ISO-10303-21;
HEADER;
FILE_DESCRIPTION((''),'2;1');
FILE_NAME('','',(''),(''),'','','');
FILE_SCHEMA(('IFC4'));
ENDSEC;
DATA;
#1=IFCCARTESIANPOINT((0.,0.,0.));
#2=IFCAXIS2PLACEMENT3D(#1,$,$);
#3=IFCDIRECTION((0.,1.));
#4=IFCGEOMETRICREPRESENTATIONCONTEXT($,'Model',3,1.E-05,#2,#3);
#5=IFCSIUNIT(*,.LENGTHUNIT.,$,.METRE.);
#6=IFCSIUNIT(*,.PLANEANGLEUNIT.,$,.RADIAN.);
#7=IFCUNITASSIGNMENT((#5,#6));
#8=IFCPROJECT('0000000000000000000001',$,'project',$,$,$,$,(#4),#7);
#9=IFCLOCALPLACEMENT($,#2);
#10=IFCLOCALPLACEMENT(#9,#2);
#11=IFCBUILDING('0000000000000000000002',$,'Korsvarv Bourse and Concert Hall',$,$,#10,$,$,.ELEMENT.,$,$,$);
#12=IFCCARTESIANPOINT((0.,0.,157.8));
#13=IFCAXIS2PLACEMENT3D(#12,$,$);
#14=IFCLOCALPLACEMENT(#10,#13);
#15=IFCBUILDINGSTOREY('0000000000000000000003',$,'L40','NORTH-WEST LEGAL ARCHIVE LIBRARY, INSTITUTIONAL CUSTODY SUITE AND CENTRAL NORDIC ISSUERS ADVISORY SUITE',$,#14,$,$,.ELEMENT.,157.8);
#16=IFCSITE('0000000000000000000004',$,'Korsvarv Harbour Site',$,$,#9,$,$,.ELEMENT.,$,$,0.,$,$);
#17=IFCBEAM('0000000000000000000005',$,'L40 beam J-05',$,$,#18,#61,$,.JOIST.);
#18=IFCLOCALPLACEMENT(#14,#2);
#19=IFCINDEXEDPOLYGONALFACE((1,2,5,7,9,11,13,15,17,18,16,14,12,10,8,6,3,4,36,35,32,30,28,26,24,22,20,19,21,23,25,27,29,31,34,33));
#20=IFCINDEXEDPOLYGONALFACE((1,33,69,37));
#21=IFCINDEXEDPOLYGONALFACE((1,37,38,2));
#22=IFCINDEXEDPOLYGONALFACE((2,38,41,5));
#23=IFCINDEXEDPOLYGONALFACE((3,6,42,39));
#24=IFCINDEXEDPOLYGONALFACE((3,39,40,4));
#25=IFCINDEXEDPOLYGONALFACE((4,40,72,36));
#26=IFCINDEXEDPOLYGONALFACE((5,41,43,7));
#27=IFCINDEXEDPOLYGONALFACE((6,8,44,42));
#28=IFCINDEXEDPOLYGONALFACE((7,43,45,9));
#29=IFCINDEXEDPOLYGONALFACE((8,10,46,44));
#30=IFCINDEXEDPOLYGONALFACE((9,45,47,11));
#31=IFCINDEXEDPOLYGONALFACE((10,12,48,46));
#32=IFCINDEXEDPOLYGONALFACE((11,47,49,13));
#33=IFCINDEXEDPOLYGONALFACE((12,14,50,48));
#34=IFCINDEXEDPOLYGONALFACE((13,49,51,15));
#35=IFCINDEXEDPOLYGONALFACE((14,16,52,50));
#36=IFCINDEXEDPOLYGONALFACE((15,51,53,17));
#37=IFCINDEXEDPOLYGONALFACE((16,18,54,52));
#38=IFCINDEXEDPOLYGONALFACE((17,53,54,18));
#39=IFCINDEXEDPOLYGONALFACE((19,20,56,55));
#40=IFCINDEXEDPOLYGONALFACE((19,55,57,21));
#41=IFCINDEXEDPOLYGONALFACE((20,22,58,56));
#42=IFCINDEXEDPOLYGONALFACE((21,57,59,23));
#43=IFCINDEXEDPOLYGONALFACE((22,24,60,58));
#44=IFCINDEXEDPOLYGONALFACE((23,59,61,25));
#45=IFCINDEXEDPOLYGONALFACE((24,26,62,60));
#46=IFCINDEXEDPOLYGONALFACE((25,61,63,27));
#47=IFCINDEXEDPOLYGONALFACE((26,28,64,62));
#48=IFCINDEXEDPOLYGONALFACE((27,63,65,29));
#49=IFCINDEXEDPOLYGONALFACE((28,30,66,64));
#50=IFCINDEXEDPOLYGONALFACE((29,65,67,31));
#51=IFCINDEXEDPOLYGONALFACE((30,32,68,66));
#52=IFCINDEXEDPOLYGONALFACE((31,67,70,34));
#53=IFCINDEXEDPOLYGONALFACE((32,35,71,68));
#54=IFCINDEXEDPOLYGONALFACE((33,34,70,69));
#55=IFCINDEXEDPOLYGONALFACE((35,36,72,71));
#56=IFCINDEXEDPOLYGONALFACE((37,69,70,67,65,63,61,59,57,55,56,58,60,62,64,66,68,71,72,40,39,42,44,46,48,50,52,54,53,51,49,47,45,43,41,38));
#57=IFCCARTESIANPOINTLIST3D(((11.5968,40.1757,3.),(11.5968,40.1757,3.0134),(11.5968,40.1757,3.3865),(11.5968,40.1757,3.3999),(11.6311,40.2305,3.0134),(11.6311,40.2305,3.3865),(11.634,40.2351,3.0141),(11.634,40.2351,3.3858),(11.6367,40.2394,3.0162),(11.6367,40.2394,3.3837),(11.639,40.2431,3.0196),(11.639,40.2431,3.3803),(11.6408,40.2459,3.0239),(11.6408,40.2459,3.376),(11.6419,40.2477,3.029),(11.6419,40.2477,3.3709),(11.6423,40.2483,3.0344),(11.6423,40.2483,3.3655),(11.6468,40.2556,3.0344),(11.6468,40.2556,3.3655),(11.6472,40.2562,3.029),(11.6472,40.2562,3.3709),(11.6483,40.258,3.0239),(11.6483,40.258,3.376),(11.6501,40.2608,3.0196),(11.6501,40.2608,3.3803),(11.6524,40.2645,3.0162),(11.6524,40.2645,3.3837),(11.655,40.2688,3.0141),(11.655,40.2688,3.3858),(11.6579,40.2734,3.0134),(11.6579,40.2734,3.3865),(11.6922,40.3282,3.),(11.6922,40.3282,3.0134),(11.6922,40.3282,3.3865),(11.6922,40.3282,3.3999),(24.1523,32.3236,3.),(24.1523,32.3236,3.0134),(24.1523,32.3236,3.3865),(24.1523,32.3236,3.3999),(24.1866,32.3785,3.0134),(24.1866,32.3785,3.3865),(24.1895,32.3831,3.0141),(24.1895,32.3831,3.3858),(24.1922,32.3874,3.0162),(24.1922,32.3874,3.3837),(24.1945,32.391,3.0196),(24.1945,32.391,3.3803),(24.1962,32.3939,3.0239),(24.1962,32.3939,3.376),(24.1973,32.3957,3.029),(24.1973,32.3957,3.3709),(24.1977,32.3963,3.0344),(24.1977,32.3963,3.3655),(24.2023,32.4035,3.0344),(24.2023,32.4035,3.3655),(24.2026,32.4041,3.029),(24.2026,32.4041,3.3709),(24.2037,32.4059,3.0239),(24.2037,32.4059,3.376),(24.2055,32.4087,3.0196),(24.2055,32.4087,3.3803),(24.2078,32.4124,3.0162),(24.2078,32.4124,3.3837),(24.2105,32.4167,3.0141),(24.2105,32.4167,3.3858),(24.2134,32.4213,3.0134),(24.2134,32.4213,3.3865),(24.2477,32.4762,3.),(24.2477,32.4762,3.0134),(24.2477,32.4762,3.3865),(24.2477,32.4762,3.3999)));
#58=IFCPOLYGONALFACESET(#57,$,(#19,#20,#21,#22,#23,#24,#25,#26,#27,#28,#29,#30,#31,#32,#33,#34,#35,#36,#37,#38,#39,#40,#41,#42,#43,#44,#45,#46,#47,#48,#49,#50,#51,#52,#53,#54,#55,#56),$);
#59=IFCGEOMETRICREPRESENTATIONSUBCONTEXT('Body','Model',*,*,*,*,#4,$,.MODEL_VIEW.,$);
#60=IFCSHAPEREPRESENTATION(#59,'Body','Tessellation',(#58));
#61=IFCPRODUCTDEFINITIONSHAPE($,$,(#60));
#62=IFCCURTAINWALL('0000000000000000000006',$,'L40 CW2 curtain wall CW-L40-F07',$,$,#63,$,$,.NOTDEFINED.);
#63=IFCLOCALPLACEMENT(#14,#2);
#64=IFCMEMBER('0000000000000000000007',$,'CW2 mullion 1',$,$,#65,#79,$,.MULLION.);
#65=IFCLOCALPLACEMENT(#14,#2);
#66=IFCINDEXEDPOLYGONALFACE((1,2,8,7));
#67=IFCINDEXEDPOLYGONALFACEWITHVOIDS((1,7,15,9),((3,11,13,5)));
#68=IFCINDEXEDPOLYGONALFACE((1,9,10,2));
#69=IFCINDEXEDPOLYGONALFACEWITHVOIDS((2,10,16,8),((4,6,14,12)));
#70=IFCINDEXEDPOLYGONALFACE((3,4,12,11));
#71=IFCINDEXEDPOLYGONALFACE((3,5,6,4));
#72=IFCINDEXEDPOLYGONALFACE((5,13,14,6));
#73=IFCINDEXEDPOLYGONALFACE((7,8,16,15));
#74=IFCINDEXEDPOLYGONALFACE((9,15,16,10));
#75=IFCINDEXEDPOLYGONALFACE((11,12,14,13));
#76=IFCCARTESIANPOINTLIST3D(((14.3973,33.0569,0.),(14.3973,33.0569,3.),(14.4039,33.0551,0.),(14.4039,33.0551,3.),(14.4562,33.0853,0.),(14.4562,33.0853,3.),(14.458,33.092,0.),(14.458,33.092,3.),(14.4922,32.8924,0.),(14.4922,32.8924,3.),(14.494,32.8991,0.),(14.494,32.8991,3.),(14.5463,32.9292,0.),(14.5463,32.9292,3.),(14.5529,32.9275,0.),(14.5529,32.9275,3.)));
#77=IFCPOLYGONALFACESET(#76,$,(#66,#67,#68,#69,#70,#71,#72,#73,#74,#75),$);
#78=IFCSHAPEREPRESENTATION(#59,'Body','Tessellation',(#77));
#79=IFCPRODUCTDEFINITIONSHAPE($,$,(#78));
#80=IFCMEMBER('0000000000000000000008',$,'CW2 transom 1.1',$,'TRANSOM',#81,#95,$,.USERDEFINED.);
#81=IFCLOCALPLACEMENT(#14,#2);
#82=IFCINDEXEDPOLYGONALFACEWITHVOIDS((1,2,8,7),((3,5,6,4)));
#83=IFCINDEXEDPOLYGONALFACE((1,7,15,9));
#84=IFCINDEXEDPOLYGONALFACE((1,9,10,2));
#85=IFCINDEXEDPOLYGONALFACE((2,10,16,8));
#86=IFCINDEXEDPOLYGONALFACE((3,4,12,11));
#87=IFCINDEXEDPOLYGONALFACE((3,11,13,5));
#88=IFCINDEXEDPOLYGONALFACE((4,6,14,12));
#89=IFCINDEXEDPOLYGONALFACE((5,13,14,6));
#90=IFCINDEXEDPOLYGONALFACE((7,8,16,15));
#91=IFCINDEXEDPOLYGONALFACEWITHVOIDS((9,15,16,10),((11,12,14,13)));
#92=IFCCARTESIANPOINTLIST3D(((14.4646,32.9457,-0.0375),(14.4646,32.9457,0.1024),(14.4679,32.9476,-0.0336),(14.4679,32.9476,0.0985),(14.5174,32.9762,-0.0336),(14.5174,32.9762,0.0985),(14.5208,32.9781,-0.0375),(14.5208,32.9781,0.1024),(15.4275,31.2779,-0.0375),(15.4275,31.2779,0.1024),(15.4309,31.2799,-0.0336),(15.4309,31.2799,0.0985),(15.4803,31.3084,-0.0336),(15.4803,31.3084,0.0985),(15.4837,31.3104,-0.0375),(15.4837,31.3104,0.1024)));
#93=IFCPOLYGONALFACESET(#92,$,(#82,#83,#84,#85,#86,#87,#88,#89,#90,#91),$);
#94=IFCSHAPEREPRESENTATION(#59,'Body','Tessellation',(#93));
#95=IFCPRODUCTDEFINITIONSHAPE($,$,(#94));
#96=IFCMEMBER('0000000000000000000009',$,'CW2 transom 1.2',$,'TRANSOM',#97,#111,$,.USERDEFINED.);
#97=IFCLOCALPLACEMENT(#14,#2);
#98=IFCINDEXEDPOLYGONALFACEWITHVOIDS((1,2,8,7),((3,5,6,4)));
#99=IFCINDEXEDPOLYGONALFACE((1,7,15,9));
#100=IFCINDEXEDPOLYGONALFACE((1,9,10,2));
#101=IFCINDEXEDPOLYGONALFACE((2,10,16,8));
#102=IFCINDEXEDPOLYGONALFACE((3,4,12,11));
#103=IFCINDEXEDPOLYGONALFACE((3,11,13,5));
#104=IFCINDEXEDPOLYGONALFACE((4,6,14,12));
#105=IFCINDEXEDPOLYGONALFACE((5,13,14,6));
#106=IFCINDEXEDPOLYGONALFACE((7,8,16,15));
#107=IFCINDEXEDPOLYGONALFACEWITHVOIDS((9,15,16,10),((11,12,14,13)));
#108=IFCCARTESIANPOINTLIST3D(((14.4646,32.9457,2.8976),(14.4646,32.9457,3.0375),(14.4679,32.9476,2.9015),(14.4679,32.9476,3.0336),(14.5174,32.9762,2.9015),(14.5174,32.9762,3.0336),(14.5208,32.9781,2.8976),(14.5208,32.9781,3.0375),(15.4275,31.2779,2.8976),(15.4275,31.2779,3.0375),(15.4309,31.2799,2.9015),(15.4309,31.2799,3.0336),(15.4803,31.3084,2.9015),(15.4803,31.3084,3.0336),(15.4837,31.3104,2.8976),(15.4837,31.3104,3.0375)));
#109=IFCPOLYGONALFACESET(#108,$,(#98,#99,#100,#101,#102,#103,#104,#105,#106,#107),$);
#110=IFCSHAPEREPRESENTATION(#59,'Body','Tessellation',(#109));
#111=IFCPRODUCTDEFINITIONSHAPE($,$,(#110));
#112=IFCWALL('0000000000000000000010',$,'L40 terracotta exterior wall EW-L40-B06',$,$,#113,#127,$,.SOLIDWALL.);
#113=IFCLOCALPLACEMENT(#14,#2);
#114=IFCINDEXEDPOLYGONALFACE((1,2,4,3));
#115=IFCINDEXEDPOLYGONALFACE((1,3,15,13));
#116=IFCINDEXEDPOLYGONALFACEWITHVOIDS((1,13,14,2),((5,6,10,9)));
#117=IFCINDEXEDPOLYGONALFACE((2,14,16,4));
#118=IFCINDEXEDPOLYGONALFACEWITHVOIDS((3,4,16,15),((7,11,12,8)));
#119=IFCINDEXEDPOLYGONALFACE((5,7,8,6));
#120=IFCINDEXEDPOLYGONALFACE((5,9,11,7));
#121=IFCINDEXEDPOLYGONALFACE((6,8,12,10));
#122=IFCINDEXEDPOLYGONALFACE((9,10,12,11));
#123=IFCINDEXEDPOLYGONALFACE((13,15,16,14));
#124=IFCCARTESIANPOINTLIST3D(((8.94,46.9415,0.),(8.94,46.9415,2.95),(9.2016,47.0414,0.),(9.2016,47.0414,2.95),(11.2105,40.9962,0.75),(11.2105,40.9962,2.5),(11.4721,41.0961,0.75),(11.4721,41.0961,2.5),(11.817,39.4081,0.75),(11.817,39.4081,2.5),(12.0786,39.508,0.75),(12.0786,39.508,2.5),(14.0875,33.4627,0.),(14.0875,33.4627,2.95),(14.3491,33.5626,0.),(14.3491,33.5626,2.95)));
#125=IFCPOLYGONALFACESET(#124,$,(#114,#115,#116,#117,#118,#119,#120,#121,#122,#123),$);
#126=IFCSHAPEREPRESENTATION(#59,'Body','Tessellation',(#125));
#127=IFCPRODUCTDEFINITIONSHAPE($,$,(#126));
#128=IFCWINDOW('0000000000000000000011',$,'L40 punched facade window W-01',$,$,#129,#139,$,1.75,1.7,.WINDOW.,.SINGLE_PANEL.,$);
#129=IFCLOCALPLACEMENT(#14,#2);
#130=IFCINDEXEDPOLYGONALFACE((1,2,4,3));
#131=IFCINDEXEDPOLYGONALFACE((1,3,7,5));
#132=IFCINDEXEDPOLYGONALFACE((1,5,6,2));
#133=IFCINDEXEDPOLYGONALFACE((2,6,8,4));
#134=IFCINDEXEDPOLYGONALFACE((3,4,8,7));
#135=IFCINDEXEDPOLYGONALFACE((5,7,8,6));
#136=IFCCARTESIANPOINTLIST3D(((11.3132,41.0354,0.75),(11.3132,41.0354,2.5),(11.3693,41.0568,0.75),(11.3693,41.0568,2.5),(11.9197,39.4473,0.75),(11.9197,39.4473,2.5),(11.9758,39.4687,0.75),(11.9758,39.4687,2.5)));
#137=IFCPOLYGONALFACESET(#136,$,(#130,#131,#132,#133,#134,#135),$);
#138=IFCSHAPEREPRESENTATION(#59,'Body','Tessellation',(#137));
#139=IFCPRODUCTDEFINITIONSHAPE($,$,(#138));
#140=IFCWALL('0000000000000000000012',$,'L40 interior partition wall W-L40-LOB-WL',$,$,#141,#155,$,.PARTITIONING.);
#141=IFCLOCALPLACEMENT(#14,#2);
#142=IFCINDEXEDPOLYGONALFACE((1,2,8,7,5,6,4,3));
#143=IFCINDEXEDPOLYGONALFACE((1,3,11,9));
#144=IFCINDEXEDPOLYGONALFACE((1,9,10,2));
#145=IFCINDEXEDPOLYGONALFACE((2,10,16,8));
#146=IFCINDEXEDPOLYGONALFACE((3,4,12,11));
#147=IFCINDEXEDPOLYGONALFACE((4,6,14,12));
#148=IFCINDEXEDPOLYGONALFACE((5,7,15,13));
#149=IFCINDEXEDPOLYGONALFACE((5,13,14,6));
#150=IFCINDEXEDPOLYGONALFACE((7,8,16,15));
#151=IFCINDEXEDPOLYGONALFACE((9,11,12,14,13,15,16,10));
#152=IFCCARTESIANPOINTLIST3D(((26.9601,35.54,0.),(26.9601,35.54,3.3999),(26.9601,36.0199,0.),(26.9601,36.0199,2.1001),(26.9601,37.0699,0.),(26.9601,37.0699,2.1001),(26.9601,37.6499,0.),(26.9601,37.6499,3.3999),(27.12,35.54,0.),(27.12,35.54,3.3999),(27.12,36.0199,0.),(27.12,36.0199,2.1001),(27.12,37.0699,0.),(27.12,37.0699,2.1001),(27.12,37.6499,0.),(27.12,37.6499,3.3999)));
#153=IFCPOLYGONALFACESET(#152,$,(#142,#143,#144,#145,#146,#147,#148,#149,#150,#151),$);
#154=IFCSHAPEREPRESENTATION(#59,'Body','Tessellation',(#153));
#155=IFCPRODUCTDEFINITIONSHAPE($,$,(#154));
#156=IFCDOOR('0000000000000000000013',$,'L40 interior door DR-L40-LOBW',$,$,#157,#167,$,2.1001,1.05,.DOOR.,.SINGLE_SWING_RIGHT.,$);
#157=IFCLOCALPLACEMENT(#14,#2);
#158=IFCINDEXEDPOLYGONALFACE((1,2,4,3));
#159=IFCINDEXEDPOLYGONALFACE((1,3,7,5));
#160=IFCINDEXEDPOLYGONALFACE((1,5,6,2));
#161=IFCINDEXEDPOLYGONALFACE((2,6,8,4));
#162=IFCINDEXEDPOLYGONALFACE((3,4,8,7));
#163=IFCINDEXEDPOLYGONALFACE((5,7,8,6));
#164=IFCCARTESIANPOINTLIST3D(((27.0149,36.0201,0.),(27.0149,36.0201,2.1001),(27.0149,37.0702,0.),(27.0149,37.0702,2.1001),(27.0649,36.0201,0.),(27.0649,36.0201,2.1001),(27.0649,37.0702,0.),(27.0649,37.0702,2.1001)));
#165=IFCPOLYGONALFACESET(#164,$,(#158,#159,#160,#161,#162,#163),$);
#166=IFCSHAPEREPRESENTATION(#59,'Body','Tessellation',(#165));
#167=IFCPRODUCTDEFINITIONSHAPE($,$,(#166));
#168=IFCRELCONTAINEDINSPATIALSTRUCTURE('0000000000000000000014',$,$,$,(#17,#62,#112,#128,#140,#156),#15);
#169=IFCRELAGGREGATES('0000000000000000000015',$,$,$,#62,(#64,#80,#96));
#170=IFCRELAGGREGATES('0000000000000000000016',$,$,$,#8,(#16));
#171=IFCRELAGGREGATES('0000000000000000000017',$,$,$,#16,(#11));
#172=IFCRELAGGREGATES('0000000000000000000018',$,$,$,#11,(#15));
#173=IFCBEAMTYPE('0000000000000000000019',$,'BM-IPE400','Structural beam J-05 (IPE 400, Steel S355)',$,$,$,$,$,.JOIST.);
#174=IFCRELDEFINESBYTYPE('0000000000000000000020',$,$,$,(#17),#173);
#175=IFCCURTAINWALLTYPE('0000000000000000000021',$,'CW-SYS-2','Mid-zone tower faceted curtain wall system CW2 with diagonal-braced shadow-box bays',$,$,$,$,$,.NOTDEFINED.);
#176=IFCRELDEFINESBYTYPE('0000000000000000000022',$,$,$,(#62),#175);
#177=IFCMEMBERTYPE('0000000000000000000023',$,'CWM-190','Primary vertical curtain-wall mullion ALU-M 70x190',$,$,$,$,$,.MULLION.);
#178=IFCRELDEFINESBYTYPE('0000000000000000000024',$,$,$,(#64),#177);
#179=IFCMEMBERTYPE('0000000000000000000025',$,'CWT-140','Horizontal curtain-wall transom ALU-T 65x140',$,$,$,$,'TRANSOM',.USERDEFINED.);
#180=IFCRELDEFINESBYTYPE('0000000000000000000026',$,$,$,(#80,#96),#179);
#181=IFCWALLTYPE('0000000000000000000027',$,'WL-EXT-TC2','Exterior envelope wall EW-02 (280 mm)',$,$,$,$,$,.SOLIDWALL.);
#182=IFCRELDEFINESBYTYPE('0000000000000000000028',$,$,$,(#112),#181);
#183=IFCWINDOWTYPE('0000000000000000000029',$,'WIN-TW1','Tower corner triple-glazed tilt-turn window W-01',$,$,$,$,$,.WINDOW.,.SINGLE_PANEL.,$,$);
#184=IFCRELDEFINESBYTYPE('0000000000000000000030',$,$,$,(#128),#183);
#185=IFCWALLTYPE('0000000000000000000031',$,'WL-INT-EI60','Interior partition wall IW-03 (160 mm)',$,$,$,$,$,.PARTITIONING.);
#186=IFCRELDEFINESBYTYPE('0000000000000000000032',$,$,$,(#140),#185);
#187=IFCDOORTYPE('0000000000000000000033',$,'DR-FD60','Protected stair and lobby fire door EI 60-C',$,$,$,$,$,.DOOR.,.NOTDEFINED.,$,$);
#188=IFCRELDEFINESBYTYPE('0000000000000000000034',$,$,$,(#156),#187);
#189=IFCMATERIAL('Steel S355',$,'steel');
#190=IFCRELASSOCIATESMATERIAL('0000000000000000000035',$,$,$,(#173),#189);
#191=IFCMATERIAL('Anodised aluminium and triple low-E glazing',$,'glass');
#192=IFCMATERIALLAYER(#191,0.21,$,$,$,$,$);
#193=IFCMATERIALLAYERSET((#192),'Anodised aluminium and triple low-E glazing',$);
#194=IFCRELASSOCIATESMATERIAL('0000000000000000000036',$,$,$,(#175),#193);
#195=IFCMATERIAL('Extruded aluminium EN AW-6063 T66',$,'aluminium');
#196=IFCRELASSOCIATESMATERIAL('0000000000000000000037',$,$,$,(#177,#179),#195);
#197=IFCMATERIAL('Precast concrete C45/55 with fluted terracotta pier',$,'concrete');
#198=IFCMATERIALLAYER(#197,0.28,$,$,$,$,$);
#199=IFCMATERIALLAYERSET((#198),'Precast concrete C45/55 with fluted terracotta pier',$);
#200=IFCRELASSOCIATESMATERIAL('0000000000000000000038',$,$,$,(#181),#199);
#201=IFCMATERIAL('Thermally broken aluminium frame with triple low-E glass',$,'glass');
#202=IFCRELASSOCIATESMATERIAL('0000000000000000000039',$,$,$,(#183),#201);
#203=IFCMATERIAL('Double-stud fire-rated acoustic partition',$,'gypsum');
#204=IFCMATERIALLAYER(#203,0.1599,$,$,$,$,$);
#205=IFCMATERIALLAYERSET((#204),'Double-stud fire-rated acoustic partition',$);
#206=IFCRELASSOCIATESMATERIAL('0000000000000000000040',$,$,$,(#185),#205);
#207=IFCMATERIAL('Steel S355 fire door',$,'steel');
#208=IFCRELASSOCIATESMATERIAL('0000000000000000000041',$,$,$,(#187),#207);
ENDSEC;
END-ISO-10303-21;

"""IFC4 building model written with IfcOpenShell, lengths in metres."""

from ifc_helpers import new_model, si_unit, direction, frame, frame_2d, origin, origin_2d, place, context, subcontext, project, spatial, rectangle, hollow_rectangle, i_section, extrude, source, transform, mapped, material, layer, layer_set, material_profile, profile_set, type_object, element, fill, aggregate, save


model = new_model("IFC4")

# Units and contexts
model_context = context("Model", 3, precision=1e-05, world=origin(), true_north=direction((0.0, 1.0)))
body_context = subcontext(model_context, "Body", "Model", "MODEL_VIEW")
ifc_project = project(units=[si_unit("LENGTHUNIT", "METRE"), si_unit("PLANEANGLEUNIT", "RADIAN")], contexts=[model_context])

# Site, building, storey
site_placement = place(None, origin())
site = spatial("IfcSite", under=ifc_project, at=site_placement, Name="Korsvarv Harbour Site", CompositionType="ELEMENT", RefElevation=0.0)
building_placement = place(site_placement, origin())
building = spatial("IfcBuilding", under=site, at=building_placement, Name="Korsvarv Bourse and Concert Hall", CompositionType="ELEMENT")
storey_placement = place(building_placement, frame((0.0, 0.0, 157.8)))
storey = spatial("IfcBuildingStorey", under=building, at=storey_placement, Name="L40", Description="NORTH-WEST LEGAL ARCHIVE LIBRARY, INSTITUTIONAL CUSTODY SUITE AND CENTRAL NORDIC ISSUERS ADVISORY SUITE", CompositionType="ELEMENT", Elevation=157.8)

# Shared definitions
ifc_material_1 = material(Name="Steel S355", Category="steel")

# Beam
ifc_material_profile_1 = material_profile(ifc_material_1, i_section(OverallWidth=0.1799, OverallDepth=0.3999, WebThickness=0.0085, FlangeThickness=0.0134, FilletRadius=0.021, at=origin_2d()), Name="IPE 400")
ifc_profile_set_1 = profile_set([ifc_material_profile_1], Name="Steel S355")
beam_type_1 = type_object("IfcBeamType", Name="BM-IPE400", Description="Structural beam J-05 (IPE 400, Steel S355)", PredefinedType="JOIST", material=ifc_profile_set_1)
shared_shape_1 = source(origin(), body_context, "Body", "SweptSolid", [
    extrude(i_section(OverallWidth=0.1799, OverallDepth=0.3999, WebThickness=0.0085, FlangeThickness=0.0134, FilletRadius=0.021, at=origin_2d()), origin(), (0.0, 0.0, 1.0), 14.8086),
])
beam_1_placement = place(storey_placement, frame((11.6445, 40.252, 3.2), z_axis=(0.847849, -0.530238, 0.0), x_axis=(0.530238, 0.847849, 0.0)))
element("IfcBeam", 1, at=beam_1_placement, inside=storey, type_object=beam_type_1, Name="L40 beam J-05", PredefinedType="JOIST", context=body_context, shape_type="MappedRepresentation", body=[
    mapped(shared_shape_1, transform((0.0, 0.0, 0.0), scale=1.0)),
])

# Curtain wall, members
ifc_material_2 = material(Name="Anodised aluminium and triple low-E glazing", Category="glass")
ifc_layer_1 = layer(ifc_material_2, 0.21)
ifc_layer_set_1 = layer_set([ifc_layer_1], Name="Anodised aluminium and triple low-E glazing")
curtain_wall_type = type_object("IfcCurtainWallType", Name="CW-SYS-2", Description="Mid-zone tower faceted curtain wall system CW2 with diagonal-braced shadow-box bays", PredefinedType="NOTDEFINED", material=ifc_layer_set_1)
curtain_wall_placement = place(storey_placement, origin())
curtain_wall = element("IfcCurtainWall", 2, at=curtain_wall_placement, inside=storey, type_object=curtain_wall_type, Name="L40 CW2 curtain wall CW-L40-F07", PredefinedType="NOTDEFINED")
ifc_material_3 = material(Name="Extruded aluminium EN AW-6063 T66", Category="aluminium")
ifc_material_profile_2 = material_profile(ifc_material_3, hollow_rectangle(XDim=0.0701, YDim=0.1899, WallThickness=0.0049, at=origin_2d()), Name="ALU-M 70x190")
ifc_profile_set_2 = profile_set([ifc_material_profile_2], Name="Extruded aluminium EN AW-6063 T66")
member_type_1 = type_object("IfcMemberType", Name="CWM-190", Description="Primary vertical curtain-wall mullion ALU-M 70x190", PredefinedType="MULLION", material=ifc_profile_set_2)
shared_shape_2 = source(origin(), body_context, "Body", "SweptSolid", [
    extrude(hollow_rectangle(XDim=0.0701, YDim=0.1899, WallThickness=0.0049, at=origin_2d()), origin(), (0.0, 0.0, 1.0), 3.0),
])
member_1_placement = place(storey_placement, frame((14.4751, 32.9922, 0.0), z_axis=(0.0, 0.0, 1.0), x_axis=(0.866024, 0.500002, 0.0)))
member_1 = element("IfcMember", 3, at=member_1_placement, type_object=member_type_1, Name="CW2 mullion 1", PredefinedType="MULLION", context=body_context, shape_type="MappedRepresentation", body=[
    mapped(shared_shape_2, transform((0.0, 0.0, 0.0), scale=1.0)),
])
ifc_material_profile_3 = material_profile(ifc_material_3, hollow_rectangle(XDim=0.0649, YDim=0.1399, WallThickness=0.0039, at=origin_2d()), Name="ALU-T 65x140")
ifc_profile_set_3 = profile_set([ifc_material_profile_3], Name="Extruded aluminium EN AW-6063 T66")
member_type_2 = type_object("IfcMemberType", Name="CWT-140", Description="Horizontal curtain-wall transom ALU-T 65x140", ElementType="TRANSOM", PredefinedType="USERDEFINED", material=ifc_profile_set_3)
shared_shape_3 = source(origin(), body_context, "Body", "SweptSolid", [
    extrude(hollow_rectangle(XDim=0.0649, YDim=0.1399, WallThickness=0.0039, at=origin_2d()), origin(), (0.0, 0.0, 1.0), 1.9258),
])
member_2_placement = place(storey_placement, frame((14.4927, 32.9619, 0.0325), z_axis=(0.500011, -0.866019, 0.0), x_axis=(0.866019, 0.500011, 0.0)))
member_2 = element("IfcMember", 4, at=member_2_placement, type_object=member_type_2, Name="CW2 transom 1.1", ObjectType="TRANSOM", PredefinedType="USERDEFINED", context=body_context, shape_type="MappedRepresentation", body=[
    mapped(shared_shape_3, transform((0.0, 0.0, 0.0), scale=1.0)),
])
member_3_placement = place(storey_placement, frame((14.4927, 32.9619, 2.9675), z_axis=(0.500011, -0.866019, 0.0), x_axis=(0.866019, 0.500011, 0.0)))
member_3 = element("IfcMember", 5, at=member_3_placement, type_object=member_type_2, Name="CW2 transom 1.2", ObjectType="TRANSOM", PredefinedType="USERDEFINED", context=body_context, shape_type="MappedRepresentation", body=[
    mapped(shared_shape_3, transform((0.0, 0.0, 0.0), scale=1.0)),
])
aggregate(curtain_wall, [member_1, member_2, member_3])

# Wall, opening, window
ifc_material_4 = material(Name="Precast concrete C45/55 with fluted terracotta pier", Category="concrete")
ifc_layer_2 = layer(ifc_material_4, 0.28)
ifc_layer_set_2 = layer_set([ifc_layer_2], Name="Precast concrete C45/55 with fluted terracotta pier")
wall_type_1 = type_object("IfcWallType", Name="WL-EXT-TC2", Description="Exterior envelope wall EW-02 (280 mm)", PredefinedType="SOLIDWALL", material=ifc_layer_set_2)
wall_1_placement = place(storey_placement, frame((9.0708, 46.9915, 0.0), z_axis=(0.0, 0.0, 1.0), x_axis=(0.356764, -0.934195, 0.0)))
wall_1 = element("IfcWall", 6, at=wall_1_placement, inside=storey, type_object=wall_type_1, Name="L40 terracotta exterior wall EW-L40-B06", PredefinedType="SOLIDWALL", context=body_context, shape_type="SweptSolid", body=[
    extrude(rectangle(XDim=14.4282, YDim=0.28, at=frame_2d((7.2141, 0.0))), origin(), (0.0, 0.0, 1.0), 2.95),
])
opening_1_placement = place(wall_1_placement, frame((6.364, 0.0, 0.75)))
opening_1 = element("IfcOpeningElement", 7, at=opening_1_placement, cuts=wall_1, PredefinedType="OPENING", context=body_context, shape_type="SweptSolid", body=[
    extrude(rectangle(XDim=1.7, YDim=1.75, at=frame_2d((0.8501, 0.875))), frame((0.0, 0.1499, 0.0), z_axis=(0.0, -1.0, 0.0), x_axis=(1.0, 0.0, 0.0)), (0.0, 0.0, 1.0), 0.3),
])
ifc_material_5 = material(Name="Thermally broken aluminium frame with triple low-E glass", Category="glass")
window_type = type_object("IfcWindowType", Name="WIN-TW1", Description="Tower corner triple-glazed tilt-turn window W-01", PartitioningType="SINGLE_PANEL", PredefinedType="WINDOW", material=ifc_material_5)
window_placement = place(opening_1_placement, origin())
window = element("IfcWindow", 8, at=window_placement, inside=storey, type_object=window_type, Name="L40 punched facade window W-01", OverallHeight=1.75, OverallWidth=1.7, PartitioningType="SINGLE_PANEL", PredefinedType="WINDOW", context=body_context, shape_type="SweptSolid", body=[
    extrude(rectangle(XDim=1.7, YDim=1.75, at=frame_2d((0.8501, 0.875))), frame((0.0, 0.03, 0.0), z_axis=(0.0, -1.0, 0.0), x_axis=(1.0, 0.0, 0.0)), (0.0, 0.0, 1.0), 0.0601),
])
fill(opening_1, window)

# Wall, opening, door
ifc_material_6 = material(Name="Double-stud fire-rated acoustic partition", Category="gypsum")
ifc_layer_3 = layer(ifc_material_6, 0.1599)
ifc_layer_set_3 = layer_set([ifc_layer_3], Name="Double-stud fire-rated acoustic partition")
wall_type_2 = type_object("IfcWallType", Name="WL-INT-EI60", Description="Interior partition wall IW-03 (160 mm)", PredefinedType="PARTITIONING", material=ifc_layer_set_3)
wall_2_placement = place(storey_placement, frame((27.04, 35.54, 0.0), z_axis=(0.0, 0.0, 1.0), x_axis=(0.0, 1.0, 0.0)))
wall_2 = element("IfcWall", 9, at=wall_2_placement, inside=storey, type_object=wall_type_2, Name="L40 interior partition wall W-L40-LOB-WL", PredefinedType="PARTITIONING", context=body_context, shape_type="SweptSolid", body=[
    extrude(rectangle(XDim=2.1099, YDim=0.1599, at=frame_2d((1.0549, 0.0))), origin(), (0.0, 0.0, 1.0), 3.3999),
])
opening_2_placement = place(wall_2_placement, frame((0.48, 0.0, 0.0)))
opening_2 = element("IfcOpeningElement", 10, at=opening_2_placement, cuts=wall_2, PredefinedType="OPENING", context=body_context, shape_type="SweptSolid", body=[
    extrude(rectangle(XDim=1.05, YDim=2.1001, at=frame_2d((0.5249, 1.05))), frame((0.0, 0.0898, 0.0), z_axis=(0.0, -1.0, 0.0), x_axis=(1.0, 0.0, 0.0)), (0.0, 0.0, 1.0), 0.1799),
])
ifc_material_7 = material(Name="Steel S355 fire door", Category="steel")
door_type = type_object("IfcDoorType", Name="DR-FD60", Description="Protected stair and lobby fire door EI 60-C", OperationType="NOTDEFINED", PredefinedType="DOOR", material=ifc_material_7)
door_placement = place(opening_2_placement, frame((1.05, 0.0, 0.0), z_axis=(0.0, 0.0, 1.0), x_axis=(-1.0, 0.0, 0.0)))
door = element("IfcDoor", 11, at=door_placement, inside=storey, type_object=door_type, Name="L40 interior door DR-L40-LOBW", OperationType="SINGLE_SWING_RIGHT", OverallHeight=2.1001, OverallWidth=1.05, PredefinedType="DOOR", context=body_context, shape_type="SweptSolid", body=[
    extrude(rectangle(XDim=1.05, YDim=2.1001, at=frame_2d((0.5249, 1.05))), frame((0.0, 0.0249, 0.0), z_axis=(0.0, -1.0, 0.0), x_axis=(1.0, 0.0, 0.0)), (0.0, 0.0, 1.0), 0.05),
])
fill(opening_2, door)

save(model, "model.ifc")
